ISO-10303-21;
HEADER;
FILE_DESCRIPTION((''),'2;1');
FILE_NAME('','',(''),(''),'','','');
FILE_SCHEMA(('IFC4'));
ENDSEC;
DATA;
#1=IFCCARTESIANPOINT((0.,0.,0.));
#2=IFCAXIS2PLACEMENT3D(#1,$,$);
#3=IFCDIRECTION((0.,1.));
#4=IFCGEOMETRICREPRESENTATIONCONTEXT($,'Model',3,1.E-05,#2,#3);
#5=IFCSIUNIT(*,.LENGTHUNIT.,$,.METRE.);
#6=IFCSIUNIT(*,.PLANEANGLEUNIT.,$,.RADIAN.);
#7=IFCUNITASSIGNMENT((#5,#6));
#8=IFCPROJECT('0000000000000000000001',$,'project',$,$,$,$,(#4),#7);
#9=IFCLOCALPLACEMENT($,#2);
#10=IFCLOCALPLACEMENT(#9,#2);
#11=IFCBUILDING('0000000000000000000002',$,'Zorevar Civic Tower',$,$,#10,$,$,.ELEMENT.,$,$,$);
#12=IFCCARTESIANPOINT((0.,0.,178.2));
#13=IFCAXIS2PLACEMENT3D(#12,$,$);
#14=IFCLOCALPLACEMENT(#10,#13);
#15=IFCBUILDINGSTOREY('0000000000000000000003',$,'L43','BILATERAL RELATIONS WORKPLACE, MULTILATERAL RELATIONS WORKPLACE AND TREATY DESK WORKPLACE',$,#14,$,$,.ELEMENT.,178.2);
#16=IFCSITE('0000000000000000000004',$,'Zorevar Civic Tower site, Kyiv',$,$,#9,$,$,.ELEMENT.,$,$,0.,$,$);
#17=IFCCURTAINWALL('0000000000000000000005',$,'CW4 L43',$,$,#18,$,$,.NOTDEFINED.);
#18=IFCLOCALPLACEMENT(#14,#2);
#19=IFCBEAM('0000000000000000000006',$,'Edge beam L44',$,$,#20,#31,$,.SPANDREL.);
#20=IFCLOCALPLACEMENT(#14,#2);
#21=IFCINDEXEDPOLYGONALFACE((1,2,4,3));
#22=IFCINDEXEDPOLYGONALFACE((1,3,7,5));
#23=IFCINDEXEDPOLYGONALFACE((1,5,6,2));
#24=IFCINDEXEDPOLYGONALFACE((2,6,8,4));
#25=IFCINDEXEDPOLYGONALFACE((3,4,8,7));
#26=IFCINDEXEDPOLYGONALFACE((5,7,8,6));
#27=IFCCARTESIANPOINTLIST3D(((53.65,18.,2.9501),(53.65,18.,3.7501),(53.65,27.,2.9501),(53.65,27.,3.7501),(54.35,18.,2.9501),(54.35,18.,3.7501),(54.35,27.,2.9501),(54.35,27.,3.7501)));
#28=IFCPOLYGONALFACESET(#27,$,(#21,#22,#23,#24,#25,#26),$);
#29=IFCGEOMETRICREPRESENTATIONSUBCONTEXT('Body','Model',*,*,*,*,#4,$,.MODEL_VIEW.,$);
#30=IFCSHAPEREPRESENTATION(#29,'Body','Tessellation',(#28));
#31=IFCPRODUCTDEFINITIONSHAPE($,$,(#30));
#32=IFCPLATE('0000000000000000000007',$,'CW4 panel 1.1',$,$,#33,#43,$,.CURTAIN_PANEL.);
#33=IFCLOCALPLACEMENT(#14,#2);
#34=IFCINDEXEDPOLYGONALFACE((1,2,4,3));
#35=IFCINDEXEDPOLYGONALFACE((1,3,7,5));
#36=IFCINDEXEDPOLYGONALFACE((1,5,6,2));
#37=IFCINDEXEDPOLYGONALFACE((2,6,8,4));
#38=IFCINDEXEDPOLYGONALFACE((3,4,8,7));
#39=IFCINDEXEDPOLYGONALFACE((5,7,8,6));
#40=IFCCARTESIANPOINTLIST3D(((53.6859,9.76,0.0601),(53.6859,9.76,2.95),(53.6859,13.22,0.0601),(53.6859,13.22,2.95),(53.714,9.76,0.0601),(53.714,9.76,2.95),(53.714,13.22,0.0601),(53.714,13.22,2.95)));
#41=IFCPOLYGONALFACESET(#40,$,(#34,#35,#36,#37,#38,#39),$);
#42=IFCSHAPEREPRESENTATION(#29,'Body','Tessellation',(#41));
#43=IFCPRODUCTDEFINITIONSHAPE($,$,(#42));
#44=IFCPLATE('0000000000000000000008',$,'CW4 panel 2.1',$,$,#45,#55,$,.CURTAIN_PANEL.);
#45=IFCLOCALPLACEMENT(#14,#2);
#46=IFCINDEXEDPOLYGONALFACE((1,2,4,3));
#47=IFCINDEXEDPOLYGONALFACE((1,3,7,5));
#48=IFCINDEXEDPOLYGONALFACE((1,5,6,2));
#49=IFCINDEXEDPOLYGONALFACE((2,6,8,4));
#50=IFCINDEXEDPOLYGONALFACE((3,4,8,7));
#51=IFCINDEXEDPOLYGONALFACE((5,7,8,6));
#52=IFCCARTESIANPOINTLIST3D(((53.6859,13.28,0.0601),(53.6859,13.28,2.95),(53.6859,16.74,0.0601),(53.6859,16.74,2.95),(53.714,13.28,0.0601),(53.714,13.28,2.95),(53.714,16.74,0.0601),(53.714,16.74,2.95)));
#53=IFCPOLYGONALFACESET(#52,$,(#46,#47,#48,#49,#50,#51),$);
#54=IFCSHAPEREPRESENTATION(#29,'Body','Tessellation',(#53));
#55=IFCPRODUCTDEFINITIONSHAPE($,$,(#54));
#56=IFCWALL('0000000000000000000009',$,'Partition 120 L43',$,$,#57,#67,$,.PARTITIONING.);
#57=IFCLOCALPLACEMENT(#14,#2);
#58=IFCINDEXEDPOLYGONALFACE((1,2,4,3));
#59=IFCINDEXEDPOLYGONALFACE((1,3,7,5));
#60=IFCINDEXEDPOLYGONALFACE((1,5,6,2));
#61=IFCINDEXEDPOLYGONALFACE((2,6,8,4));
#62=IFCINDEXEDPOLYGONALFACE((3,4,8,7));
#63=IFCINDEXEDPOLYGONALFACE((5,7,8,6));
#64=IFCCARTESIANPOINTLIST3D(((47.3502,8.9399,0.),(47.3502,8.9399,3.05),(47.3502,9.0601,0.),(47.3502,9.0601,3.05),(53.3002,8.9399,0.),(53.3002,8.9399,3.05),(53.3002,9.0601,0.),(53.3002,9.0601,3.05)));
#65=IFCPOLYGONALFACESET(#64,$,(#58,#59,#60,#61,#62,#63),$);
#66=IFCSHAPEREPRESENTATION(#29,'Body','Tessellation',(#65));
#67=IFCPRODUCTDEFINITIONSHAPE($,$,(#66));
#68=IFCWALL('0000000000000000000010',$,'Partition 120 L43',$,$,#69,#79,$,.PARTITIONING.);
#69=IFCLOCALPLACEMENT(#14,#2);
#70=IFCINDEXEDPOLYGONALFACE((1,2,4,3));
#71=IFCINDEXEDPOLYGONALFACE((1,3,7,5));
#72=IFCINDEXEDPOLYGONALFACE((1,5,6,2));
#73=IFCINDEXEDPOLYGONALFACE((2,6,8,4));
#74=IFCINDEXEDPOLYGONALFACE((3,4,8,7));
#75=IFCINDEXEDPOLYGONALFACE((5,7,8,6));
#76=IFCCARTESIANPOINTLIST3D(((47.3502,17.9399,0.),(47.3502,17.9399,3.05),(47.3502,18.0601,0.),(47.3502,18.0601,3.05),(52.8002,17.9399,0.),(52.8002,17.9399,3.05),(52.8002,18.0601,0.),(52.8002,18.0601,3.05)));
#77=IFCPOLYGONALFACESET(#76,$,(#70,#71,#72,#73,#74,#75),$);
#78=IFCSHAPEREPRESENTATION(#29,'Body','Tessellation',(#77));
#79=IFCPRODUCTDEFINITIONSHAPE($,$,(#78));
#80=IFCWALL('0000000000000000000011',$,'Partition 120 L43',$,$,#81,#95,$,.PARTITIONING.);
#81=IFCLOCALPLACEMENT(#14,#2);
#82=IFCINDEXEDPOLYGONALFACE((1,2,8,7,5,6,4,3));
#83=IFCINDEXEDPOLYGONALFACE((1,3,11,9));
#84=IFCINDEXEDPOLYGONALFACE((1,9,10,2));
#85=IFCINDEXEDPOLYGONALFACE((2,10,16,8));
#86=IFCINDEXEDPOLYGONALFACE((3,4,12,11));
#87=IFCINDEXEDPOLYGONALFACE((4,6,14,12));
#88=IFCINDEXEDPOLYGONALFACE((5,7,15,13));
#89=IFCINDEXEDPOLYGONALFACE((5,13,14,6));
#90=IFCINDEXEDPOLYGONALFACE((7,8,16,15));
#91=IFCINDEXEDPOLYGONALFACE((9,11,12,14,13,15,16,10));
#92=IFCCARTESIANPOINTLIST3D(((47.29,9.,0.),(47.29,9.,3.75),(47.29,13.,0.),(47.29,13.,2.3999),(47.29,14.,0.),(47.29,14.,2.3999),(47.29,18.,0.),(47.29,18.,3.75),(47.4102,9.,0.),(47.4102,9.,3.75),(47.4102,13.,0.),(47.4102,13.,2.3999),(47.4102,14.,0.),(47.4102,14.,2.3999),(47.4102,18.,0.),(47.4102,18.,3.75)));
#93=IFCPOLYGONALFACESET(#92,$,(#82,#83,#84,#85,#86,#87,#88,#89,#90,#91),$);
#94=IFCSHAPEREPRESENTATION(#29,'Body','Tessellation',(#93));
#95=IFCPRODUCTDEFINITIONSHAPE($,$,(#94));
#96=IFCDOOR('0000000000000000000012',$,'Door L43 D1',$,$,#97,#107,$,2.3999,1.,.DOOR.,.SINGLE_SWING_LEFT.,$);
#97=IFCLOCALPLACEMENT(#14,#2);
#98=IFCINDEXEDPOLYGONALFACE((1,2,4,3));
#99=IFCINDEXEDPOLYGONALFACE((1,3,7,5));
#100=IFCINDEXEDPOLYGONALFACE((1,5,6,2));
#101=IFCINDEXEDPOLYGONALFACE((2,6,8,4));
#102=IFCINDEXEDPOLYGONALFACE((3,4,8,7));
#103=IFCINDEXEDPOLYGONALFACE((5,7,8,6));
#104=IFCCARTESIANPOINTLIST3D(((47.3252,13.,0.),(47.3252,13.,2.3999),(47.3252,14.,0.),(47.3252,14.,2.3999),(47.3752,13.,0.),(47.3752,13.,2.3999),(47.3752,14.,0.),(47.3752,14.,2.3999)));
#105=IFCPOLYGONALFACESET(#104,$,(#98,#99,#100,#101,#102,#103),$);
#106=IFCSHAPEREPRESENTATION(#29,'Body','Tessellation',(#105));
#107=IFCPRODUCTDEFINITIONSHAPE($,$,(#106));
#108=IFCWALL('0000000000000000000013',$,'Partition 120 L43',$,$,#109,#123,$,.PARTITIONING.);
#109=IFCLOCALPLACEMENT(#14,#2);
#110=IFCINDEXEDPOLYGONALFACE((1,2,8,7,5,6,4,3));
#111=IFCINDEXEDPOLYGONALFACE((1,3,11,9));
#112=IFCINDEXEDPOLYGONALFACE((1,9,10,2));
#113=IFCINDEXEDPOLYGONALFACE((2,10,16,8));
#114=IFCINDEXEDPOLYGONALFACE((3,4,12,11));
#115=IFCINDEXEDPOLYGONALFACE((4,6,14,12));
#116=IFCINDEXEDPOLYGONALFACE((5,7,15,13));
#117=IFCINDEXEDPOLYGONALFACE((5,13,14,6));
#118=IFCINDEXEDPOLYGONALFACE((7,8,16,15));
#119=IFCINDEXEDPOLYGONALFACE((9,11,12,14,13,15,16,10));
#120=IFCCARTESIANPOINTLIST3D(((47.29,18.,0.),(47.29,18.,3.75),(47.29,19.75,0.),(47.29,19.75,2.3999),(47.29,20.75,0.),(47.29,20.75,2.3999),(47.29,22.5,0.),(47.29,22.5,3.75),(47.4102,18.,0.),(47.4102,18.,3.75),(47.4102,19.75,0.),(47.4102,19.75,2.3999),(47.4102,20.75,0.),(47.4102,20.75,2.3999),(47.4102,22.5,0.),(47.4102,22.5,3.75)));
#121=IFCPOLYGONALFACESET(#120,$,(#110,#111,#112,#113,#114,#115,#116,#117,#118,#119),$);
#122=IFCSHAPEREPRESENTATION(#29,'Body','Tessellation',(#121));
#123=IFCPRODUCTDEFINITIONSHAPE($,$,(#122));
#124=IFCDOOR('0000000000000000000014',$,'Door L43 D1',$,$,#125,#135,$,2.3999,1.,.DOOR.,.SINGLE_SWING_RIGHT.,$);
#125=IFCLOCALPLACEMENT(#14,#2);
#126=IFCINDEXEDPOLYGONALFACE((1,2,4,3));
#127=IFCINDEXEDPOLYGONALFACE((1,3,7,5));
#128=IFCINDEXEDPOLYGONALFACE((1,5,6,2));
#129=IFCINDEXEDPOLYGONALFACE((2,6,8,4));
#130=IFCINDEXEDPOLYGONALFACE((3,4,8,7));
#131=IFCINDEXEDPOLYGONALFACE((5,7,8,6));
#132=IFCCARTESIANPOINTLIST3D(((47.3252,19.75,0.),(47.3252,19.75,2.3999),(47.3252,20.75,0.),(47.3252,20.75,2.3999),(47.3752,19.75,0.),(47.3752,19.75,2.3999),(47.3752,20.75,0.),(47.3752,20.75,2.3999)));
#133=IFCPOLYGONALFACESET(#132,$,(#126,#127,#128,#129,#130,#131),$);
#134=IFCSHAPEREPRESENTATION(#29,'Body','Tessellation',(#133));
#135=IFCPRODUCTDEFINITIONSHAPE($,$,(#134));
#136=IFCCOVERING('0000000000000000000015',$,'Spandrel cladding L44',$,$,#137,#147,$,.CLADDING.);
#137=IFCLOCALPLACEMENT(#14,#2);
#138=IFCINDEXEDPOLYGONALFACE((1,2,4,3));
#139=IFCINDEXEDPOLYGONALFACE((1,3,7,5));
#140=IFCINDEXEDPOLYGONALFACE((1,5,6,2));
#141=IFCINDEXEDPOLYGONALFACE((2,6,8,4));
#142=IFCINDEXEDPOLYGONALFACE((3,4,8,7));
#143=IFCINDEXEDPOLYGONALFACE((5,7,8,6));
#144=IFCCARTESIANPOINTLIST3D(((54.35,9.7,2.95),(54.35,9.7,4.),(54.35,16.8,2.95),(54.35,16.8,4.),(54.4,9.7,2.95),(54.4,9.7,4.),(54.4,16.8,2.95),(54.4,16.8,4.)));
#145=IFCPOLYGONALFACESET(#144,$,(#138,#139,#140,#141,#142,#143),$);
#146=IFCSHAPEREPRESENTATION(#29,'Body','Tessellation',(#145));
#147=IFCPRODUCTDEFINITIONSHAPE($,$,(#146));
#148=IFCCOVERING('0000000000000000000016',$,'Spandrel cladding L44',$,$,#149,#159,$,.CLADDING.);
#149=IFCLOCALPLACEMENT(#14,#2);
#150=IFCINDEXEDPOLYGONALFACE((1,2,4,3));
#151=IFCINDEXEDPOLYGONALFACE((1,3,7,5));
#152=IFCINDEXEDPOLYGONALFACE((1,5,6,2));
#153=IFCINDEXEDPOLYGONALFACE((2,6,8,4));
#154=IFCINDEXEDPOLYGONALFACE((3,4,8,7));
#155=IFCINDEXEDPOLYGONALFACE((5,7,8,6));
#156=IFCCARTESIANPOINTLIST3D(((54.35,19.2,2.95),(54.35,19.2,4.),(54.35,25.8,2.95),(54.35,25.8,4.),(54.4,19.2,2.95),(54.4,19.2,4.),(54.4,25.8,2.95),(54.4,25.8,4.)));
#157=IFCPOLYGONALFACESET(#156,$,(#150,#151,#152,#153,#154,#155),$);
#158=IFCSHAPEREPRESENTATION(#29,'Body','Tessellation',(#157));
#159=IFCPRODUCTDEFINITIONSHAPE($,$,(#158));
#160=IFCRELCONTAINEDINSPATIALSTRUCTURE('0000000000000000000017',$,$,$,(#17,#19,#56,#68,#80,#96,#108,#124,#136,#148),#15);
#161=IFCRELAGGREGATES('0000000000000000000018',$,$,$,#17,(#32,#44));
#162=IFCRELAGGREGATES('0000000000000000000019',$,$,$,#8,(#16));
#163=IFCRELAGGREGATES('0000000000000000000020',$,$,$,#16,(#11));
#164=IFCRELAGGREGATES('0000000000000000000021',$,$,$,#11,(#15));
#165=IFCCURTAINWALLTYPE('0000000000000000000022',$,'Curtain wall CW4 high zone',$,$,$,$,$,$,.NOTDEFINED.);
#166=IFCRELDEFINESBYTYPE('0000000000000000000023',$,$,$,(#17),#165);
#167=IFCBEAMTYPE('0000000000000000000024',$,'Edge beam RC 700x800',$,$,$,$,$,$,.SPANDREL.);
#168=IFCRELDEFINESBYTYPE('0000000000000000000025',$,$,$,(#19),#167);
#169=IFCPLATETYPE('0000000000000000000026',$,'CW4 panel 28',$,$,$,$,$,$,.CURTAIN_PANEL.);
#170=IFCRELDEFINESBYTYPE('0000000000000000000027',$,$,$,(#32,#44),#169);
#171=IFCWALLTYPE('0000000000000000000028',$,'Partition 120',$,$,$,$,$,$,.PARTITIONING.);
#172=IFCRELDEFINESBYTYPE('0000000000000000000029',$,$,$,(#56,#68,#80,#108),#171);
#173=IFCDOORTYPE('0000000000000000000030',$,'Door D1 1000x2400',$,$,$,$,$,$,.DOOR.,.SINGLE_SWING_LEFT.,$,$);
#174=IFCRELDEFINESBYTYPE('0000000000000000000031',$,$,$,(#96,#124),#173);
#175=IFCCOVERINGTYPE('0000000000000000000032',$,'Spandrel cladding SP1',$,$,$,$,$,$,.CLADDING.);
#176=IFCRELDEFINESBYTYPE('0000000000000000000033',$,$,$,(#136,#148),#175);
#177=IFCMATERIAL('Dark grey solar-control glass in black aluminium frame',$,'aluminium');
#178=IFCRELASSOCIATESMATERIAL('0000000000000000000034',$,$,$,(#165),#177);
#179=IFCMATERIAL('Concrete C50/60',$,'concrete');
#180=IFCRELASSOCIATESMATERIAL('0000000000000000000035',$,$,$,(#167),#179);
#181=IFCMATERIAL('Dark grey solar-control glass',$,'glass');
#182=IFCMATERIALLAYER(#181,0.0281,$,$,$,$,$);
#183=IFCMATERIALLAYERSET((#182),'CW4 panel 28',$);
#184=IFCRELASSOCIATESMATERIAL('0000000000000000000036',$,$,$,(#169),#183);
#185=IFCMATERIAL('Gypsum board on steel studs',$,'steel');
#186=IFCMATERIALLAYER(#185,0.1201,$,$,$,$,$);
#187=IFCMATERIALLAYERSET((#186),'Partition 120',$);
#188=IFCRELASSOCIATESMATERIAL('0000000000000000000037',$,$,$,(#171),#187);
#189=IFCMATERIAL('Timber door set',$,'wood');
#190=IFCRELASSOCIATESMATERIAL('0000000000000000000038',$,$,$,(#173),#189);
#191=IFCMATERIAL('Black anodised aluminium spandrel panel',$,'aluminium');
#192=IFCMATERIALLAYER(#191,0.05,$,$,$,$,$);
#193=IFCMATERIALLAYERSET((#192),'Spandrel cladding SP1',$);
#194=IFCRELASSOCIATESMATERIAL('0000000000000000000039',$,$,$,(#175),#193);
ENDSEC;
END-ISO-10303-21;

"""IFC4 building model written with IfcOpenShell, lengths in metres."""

from ifc_helpers import new_model, si_unit, direction, frame, frame_2d, origin, origin_2d, place, context, subcontext, project, spatial, rectangle, extrude, material, layer, layer_set, material_profile, profile_set, type_object, element, fill, aggregate, save


model = new_model("IFC4")

# Units and contexts
model_context = context("Model", 3, precision=1e-05, world=origin(), true_north=direction((0.0, 1.0)))
body_context = subcontext(model_context, "Body", "Model", "MODEL_VIEW")
ifc_project = project(units=[si_unit("LENGTHUNIT", "METRE"), si_unit("PLANEANGLEUNIT", "RADIAN")], contexts=[model_context])

# Site, building, storey
site_placement = place(None, origin())
site = spatial("IfcSite", under=ifc_project, at=site_placement, Name="Zorevar Civic Tower site, Kyiv", CompositionType="ELEMENT", RefElevation=0.0)
building_placement = place(site_placement, origin())
building = spatial("IfcBuilding", under=site, at=building_placement, Name="Zorevar Civic Tower", CompositionType="ELEMENT")
storey_placement = place(building_placement, frame((0.0, 0.0, 178.2)))
storey = spatial("IfcBuildingStorey", under=building, at=storey_placement, Name="L43", Description="BILATERAL RELATIONS WORKPLACE, MULTILATERAL RELATIONS WORKPLACE AND TREATY DESK WORKPLACE", CompositionType="ELEMENT", Elevation=178.2)

# Curtain wall
ifc_material_1 = material(Name="Dark grey solar-control glass in black aluminium frame", Category="aluminium")
curtain_wall_type = type_object("IfcCurtainWallType", Name="Curtain wall CW4 high zone", PredefinedType="NOTDEFINED", material=ifc_material_1)
curtain_wall_1_placement = place(storey_placement, origin())
curtain_wall_1 = element("IfcCurtainWall", 1, at=curtain_wall_1_placement, inside=storey, type_object=curtain_wall_type, Name="CW4 L43", PredefinedType="NOTDEFINED")

# Beam
ifc_material_2 = material(Name="Concrete C50/60", Category="concrete")
ifc_material_profile_1 = material_profile(ifc_material_2, rectangle(XDim=0.7, YDim=0.8, at=origin_2d()), Name="RC 700x800")
ifc_profile_set_1 = profile_set([ifc_material_profile_1], Name="Concrete C50/60")
beam_type_1 = type_object("IfcBeamType", Name="Edge beam RC 700x800", PredefinedType="SPANDREL", material=ifc_profile_set_1)
for number, where, z_axis, x_axis, name in (
    (2, (54.0, 18.0, 3.3501), (0.0, 1.0, 0.0), (-1.0, 0.0, 0.0), "Edge beam L44"),
):
    element("IfcBeam", number, at=place(storey_placement, frame(where, z_axis=z_axis, x_axis=x_axis)), inside=storey, type_object=beam_type_1, Name=name, PredefinedType="SPANDREL", context=body_context, shape_type="SweptSolid", body=[
        extrude(rectangle(XDim=0.7, YDim=0.8, at=origin_2d()), origin(), (0.0, 0.0, 1.0), 9.0),
    ])

# Plates
ifc_material_3 = material(Name="Dark grey solar-control glass", Category="glass")
ifc_layer_1 = layer(ifc_material_3, 0.0281)
ifc_layer_set_1 = layer_set([ifc_layer_1], Name="CW4 panel 28")
plate_type = type_object("IfcPlateType", Name="CW4 panel 28", PredefinedType="CURTAIN_PANEL", material=ifc_layer_set_1)
plate_1_placement = place(storey_placement, frame((53.7, 11.49, 0.0601), z_axis=(0.0, 0.0, 1.0), x_axis=(0.0, 1.0, 0.0)))
plate_1 = element("IfcPlate", 3, at=plate_1_placement, type_object=plate_type, Name="CW4 panel 1.1", PredefinedType="CURTAIN_PANEL", context=body_context, shape_type="SweptSolid", body=[
    extrude(rectangle(XDim=3.46, YDim=0.0281, at=origin_2d()), origin(), (0.0, 0.0, 1.0), 2.8899),
])
plate_2_placement = place(storey_placement, frame((53.7, 15.01, 0.0601), z_axis=(0.0, 0.0, 1.0), x_axis=(0.0, 1.0, 0.0)))
plate_2 = element("IfcPlate", 4, at=plate_2_placement, type_object=plate_type, Name="CW4 panel 2.1", PredefinedType="CURTAIN_PANEL", context=body_context, shape_type="SweptSolid", body=[
    extrude(rectangle(XDim=3.46, YDim=0.0281, at=origin_2d()), origin(), (0.0, 0.0, 1.0), 2.8899),
])
aggregate(curtain_wall_1, [plate_1, plate_2])

# Walls
ifc_material_4 = material(Name="Gypsum board on steel studs", Category="steel")
ifc_layer_2 = layer(ifc_material_4, 0.1201)
ifc_layer_set_2 = layer_set([ifc_layer_2], Name="Partition 120")
wall_type_1 = type_object("IfcWallType", Name="Partition 120", PredefinedType="PARTITIONING", material=ifc_layer_set_2)
wall_1_placement = place(storey_placement, frame((47.3501, 9.0, 0.0), z_axis=(0.0, 0.0, 1.0), x_axis=(1.0, 0.0, 0.0)))
element("IfcWall", 5, at=wall_1_placement, inside=storey, type_object=wall_type_1, Name="Partition 120 L43", PredefinedType="PARTITIONING", context=body_context, shape_type="SweptSolid", body=[
    extrude(rectangle(XDim=5.95, YDim=0.1201, at=frame_2d((2.9751, 0.0))), origin(), (0.0, 0.0, 1.0), 3.05),
])
wall_2_placement = place(storey_placement, frame((47.3501, 18.0, 0.0), z_axis=(0.0, 0.0, 1.0), x_axis=(1.0, 0.0, 0.0)))
element("IfcWall", 6, at=wall_2_placement, inside=storey, type_object=wall_type_1, Name="Partition 120 L43", PredefinedType="PARTITIONING", context=body_context, shape_type="SweptSolid", body=[
    extrude(rectangle(XDim=5.45, YDim=0.1201, at=frame_2d((2.7251, 0.0))), origin(), (0.0, 0.0, 1.0), 3.05),
])

# Walls, openings, doors
wall_3_placement = place(storey_placement, frame((47.3501, 9.0, 0.0), z_axis=(0.0, 0.0, 1.0), x_axis=(0.0, 1.0, 0.0)))
wall_3 = element("IfcWall", 7, at=wall_3_placement, inside=storey, type_object=wall_type_1, Name="Partition 120 L43", PredefinedType="PARTITIONING", context=body_context, shape_type="SweptSolid", body=[
    extrude(rectangle(XDim=9.0, YDim=0.1201, at=frame_2d((4.5, 0.0))), origin(), (0.0, 0.0, 1.0), 3.75),
])
opening_1_placement = place(wall_3_placement, frame((4.0, 0.0, 0.0)))
opening_1 = element("IfcOpeningElement", 8, at=opening_1_placement, cuts=wall_3, PredefinedType="OPENING", context=body_context, shape_type="SweptSolid", body=[
    extrude(rectangle(XDim=1.0, YDim=2.3999, at=frame_2d((0.5, 1.2))), frame((0.0, 0.0701, 0.0), z_axis=(0.0, -1.0, 0.0), x_axis=(1.0, 0.0, 0.0)), (0.0, 0.0, 1.0), 0.1401),
])
ifc_material_5 = material(Name="Timber door set", Category="wood")
door_type_1 = type_object("IfcDoorType", Name="Door D1 1000x2400", OperationType="SINGLE_SWING_LEFT", PredefinedType="DOOR", material=ifc_material_5)
door_1_placement = place(opening_1_placement, origin())
door_1 = element("IfcDoor", 9, at=door_1_placement, inside=storey, type_object=door_type_1, Name="Door L43 D1", OperationType="SINGLE_SWING_LEFT", OverallHeight=2.3999, OverallWidth=1.0, PredefinedType="DOOR", context=body_context, shape_type="SweptSolid", body=[
    extrude(rectangle(XDim=1.0, YDim=2.3999, at=frame_2d((0.5, 1.2))), frame((0.0, 0.0249, 0.0), z_axis=(0.0, -1.0, 0.0), x_axis=(1.0, 0.0, 0.0)), (0.0, 0.0, 1.0), 0.05),
])
fill(opening_1, door_1)
wall_4_placement = place(storey_placement, frame((47.3501, 18.0, 0.0), z_axis=(0.0, 0.0, 1.0), x_axis=(0.0, 1.0, 0.0)))
wall_4 = element("IfcWall", 10, at=wall_4_placement, inside=storey, type_object=wall_type_1, Name="Partition 120 L43", PredefinedType="PARTITIONING", context=body_context, shape_type="SweptSolid", body=[
    extrude(rectangle(XDim=4.5, YDim=0.1201, at=frame_2d((2.25, 0.0))), origin(), (0.0, 0.0, 1.0), 3.75),
])
opening_2_placement = place(wall_4_placement, frame((1.75, 0.0, 0.0)))
opening_2 = element("IfcOpeningElement", 11, at=opening_2_placement, cuts=wall_4, PredefinedType="OPENING", context=body_context, shape_type="SweptSolid", body=[
    extrude(rectangle(XDim=1.0, YDim=2.3999, at=frame_2d((0.5, 1.2))), frame((0.0, 0.0701, 0.0), z_axis=(0.0, -1.0, 0.0), x_axis=(1.0, 0.0, 0.0)), (0.0, 0.0, 1.0), 0.1401),
])
door_2_placement = place(opening_2_placement, origin())
door_2 = element("IfcDoor", 12, at=door_2_placement, inside=storey, type_object=door_type_1, Name="Door L43 D1", OperationType="SINGLE_SWING_RIGHT", OverallHeight=2.3999, OverallWidth=1.0, PredefinedType="DOOR", context=body_context, shape_type="SweptSolid", body=[
    extrude(rectangle(XDim=1.0, YDim=2.3999, at=frame_2d((0.5, 1.2))), frame((0.0, 0.0249, 0.0), z_axis=(0.0, -1.0, 0.0), x_axis=(1.0, 0.0, 0.0)), (0.0, 0.0, 1.0), 0.05),
])
fill(opening_2, door_2)

# Coverings
ifc_material_6 = material(Name="Black anodised aluminium spandrel panel", Category="aluminium")
ifc_layer_3 = layer(ifc_material_6, 0.05)
ifc_layer_set_3 = layer_set([ifc_layer_3], Name="Spandrel cladding SP1")
covering_type = type_object("IfcCoveringType", Name="Spandrel cladding SP1", PredefinedType="CLADDING", material=ifc_layer_set_3)
covering_1_placement = place(storey_placement, frame((54.375, 9.7, 2.95), z_axis=(0.0, 0.0, 1.0), x_axis=(0.0, 1.0, 0.0)))
element("IfcCovering", 13, at=covering_1_placement, inside=storey, type_object=covering_type, Name="Spandrel cladding L44", PredefinedType="CLADDING", context=body_context, shape_type="SweptSolid", body=[
    extrude(rectangle(XDim=7.1001, YDim=0.05, at=frame_2d((3.55, 0.0))), origin(), (0.0, 0.0, 1.0), 1.05),
])
covering_2_placement = place(storey_placement, frame((54.375, 19.2, 2.95), z_axis=(0.0, 0.0, 1.0), x_axis=(0.0, 1.0, 0.0)))
element("IfcCovering", 14, at=covering_2_placement, inside=storey, type_object=covering_type, Name="Spandrel cladding L44", PredefinedType="CLADDING", context=body_context, shape_type="SweptSolid", body=[
    extrude(rectangle(XDim=6.6001, YDim=0.05, at=frame_2d((3.3, 0.0))), origin(), (0.0, 0.0, 1.0), 1.05),
])

save(model, "model.ifc")
